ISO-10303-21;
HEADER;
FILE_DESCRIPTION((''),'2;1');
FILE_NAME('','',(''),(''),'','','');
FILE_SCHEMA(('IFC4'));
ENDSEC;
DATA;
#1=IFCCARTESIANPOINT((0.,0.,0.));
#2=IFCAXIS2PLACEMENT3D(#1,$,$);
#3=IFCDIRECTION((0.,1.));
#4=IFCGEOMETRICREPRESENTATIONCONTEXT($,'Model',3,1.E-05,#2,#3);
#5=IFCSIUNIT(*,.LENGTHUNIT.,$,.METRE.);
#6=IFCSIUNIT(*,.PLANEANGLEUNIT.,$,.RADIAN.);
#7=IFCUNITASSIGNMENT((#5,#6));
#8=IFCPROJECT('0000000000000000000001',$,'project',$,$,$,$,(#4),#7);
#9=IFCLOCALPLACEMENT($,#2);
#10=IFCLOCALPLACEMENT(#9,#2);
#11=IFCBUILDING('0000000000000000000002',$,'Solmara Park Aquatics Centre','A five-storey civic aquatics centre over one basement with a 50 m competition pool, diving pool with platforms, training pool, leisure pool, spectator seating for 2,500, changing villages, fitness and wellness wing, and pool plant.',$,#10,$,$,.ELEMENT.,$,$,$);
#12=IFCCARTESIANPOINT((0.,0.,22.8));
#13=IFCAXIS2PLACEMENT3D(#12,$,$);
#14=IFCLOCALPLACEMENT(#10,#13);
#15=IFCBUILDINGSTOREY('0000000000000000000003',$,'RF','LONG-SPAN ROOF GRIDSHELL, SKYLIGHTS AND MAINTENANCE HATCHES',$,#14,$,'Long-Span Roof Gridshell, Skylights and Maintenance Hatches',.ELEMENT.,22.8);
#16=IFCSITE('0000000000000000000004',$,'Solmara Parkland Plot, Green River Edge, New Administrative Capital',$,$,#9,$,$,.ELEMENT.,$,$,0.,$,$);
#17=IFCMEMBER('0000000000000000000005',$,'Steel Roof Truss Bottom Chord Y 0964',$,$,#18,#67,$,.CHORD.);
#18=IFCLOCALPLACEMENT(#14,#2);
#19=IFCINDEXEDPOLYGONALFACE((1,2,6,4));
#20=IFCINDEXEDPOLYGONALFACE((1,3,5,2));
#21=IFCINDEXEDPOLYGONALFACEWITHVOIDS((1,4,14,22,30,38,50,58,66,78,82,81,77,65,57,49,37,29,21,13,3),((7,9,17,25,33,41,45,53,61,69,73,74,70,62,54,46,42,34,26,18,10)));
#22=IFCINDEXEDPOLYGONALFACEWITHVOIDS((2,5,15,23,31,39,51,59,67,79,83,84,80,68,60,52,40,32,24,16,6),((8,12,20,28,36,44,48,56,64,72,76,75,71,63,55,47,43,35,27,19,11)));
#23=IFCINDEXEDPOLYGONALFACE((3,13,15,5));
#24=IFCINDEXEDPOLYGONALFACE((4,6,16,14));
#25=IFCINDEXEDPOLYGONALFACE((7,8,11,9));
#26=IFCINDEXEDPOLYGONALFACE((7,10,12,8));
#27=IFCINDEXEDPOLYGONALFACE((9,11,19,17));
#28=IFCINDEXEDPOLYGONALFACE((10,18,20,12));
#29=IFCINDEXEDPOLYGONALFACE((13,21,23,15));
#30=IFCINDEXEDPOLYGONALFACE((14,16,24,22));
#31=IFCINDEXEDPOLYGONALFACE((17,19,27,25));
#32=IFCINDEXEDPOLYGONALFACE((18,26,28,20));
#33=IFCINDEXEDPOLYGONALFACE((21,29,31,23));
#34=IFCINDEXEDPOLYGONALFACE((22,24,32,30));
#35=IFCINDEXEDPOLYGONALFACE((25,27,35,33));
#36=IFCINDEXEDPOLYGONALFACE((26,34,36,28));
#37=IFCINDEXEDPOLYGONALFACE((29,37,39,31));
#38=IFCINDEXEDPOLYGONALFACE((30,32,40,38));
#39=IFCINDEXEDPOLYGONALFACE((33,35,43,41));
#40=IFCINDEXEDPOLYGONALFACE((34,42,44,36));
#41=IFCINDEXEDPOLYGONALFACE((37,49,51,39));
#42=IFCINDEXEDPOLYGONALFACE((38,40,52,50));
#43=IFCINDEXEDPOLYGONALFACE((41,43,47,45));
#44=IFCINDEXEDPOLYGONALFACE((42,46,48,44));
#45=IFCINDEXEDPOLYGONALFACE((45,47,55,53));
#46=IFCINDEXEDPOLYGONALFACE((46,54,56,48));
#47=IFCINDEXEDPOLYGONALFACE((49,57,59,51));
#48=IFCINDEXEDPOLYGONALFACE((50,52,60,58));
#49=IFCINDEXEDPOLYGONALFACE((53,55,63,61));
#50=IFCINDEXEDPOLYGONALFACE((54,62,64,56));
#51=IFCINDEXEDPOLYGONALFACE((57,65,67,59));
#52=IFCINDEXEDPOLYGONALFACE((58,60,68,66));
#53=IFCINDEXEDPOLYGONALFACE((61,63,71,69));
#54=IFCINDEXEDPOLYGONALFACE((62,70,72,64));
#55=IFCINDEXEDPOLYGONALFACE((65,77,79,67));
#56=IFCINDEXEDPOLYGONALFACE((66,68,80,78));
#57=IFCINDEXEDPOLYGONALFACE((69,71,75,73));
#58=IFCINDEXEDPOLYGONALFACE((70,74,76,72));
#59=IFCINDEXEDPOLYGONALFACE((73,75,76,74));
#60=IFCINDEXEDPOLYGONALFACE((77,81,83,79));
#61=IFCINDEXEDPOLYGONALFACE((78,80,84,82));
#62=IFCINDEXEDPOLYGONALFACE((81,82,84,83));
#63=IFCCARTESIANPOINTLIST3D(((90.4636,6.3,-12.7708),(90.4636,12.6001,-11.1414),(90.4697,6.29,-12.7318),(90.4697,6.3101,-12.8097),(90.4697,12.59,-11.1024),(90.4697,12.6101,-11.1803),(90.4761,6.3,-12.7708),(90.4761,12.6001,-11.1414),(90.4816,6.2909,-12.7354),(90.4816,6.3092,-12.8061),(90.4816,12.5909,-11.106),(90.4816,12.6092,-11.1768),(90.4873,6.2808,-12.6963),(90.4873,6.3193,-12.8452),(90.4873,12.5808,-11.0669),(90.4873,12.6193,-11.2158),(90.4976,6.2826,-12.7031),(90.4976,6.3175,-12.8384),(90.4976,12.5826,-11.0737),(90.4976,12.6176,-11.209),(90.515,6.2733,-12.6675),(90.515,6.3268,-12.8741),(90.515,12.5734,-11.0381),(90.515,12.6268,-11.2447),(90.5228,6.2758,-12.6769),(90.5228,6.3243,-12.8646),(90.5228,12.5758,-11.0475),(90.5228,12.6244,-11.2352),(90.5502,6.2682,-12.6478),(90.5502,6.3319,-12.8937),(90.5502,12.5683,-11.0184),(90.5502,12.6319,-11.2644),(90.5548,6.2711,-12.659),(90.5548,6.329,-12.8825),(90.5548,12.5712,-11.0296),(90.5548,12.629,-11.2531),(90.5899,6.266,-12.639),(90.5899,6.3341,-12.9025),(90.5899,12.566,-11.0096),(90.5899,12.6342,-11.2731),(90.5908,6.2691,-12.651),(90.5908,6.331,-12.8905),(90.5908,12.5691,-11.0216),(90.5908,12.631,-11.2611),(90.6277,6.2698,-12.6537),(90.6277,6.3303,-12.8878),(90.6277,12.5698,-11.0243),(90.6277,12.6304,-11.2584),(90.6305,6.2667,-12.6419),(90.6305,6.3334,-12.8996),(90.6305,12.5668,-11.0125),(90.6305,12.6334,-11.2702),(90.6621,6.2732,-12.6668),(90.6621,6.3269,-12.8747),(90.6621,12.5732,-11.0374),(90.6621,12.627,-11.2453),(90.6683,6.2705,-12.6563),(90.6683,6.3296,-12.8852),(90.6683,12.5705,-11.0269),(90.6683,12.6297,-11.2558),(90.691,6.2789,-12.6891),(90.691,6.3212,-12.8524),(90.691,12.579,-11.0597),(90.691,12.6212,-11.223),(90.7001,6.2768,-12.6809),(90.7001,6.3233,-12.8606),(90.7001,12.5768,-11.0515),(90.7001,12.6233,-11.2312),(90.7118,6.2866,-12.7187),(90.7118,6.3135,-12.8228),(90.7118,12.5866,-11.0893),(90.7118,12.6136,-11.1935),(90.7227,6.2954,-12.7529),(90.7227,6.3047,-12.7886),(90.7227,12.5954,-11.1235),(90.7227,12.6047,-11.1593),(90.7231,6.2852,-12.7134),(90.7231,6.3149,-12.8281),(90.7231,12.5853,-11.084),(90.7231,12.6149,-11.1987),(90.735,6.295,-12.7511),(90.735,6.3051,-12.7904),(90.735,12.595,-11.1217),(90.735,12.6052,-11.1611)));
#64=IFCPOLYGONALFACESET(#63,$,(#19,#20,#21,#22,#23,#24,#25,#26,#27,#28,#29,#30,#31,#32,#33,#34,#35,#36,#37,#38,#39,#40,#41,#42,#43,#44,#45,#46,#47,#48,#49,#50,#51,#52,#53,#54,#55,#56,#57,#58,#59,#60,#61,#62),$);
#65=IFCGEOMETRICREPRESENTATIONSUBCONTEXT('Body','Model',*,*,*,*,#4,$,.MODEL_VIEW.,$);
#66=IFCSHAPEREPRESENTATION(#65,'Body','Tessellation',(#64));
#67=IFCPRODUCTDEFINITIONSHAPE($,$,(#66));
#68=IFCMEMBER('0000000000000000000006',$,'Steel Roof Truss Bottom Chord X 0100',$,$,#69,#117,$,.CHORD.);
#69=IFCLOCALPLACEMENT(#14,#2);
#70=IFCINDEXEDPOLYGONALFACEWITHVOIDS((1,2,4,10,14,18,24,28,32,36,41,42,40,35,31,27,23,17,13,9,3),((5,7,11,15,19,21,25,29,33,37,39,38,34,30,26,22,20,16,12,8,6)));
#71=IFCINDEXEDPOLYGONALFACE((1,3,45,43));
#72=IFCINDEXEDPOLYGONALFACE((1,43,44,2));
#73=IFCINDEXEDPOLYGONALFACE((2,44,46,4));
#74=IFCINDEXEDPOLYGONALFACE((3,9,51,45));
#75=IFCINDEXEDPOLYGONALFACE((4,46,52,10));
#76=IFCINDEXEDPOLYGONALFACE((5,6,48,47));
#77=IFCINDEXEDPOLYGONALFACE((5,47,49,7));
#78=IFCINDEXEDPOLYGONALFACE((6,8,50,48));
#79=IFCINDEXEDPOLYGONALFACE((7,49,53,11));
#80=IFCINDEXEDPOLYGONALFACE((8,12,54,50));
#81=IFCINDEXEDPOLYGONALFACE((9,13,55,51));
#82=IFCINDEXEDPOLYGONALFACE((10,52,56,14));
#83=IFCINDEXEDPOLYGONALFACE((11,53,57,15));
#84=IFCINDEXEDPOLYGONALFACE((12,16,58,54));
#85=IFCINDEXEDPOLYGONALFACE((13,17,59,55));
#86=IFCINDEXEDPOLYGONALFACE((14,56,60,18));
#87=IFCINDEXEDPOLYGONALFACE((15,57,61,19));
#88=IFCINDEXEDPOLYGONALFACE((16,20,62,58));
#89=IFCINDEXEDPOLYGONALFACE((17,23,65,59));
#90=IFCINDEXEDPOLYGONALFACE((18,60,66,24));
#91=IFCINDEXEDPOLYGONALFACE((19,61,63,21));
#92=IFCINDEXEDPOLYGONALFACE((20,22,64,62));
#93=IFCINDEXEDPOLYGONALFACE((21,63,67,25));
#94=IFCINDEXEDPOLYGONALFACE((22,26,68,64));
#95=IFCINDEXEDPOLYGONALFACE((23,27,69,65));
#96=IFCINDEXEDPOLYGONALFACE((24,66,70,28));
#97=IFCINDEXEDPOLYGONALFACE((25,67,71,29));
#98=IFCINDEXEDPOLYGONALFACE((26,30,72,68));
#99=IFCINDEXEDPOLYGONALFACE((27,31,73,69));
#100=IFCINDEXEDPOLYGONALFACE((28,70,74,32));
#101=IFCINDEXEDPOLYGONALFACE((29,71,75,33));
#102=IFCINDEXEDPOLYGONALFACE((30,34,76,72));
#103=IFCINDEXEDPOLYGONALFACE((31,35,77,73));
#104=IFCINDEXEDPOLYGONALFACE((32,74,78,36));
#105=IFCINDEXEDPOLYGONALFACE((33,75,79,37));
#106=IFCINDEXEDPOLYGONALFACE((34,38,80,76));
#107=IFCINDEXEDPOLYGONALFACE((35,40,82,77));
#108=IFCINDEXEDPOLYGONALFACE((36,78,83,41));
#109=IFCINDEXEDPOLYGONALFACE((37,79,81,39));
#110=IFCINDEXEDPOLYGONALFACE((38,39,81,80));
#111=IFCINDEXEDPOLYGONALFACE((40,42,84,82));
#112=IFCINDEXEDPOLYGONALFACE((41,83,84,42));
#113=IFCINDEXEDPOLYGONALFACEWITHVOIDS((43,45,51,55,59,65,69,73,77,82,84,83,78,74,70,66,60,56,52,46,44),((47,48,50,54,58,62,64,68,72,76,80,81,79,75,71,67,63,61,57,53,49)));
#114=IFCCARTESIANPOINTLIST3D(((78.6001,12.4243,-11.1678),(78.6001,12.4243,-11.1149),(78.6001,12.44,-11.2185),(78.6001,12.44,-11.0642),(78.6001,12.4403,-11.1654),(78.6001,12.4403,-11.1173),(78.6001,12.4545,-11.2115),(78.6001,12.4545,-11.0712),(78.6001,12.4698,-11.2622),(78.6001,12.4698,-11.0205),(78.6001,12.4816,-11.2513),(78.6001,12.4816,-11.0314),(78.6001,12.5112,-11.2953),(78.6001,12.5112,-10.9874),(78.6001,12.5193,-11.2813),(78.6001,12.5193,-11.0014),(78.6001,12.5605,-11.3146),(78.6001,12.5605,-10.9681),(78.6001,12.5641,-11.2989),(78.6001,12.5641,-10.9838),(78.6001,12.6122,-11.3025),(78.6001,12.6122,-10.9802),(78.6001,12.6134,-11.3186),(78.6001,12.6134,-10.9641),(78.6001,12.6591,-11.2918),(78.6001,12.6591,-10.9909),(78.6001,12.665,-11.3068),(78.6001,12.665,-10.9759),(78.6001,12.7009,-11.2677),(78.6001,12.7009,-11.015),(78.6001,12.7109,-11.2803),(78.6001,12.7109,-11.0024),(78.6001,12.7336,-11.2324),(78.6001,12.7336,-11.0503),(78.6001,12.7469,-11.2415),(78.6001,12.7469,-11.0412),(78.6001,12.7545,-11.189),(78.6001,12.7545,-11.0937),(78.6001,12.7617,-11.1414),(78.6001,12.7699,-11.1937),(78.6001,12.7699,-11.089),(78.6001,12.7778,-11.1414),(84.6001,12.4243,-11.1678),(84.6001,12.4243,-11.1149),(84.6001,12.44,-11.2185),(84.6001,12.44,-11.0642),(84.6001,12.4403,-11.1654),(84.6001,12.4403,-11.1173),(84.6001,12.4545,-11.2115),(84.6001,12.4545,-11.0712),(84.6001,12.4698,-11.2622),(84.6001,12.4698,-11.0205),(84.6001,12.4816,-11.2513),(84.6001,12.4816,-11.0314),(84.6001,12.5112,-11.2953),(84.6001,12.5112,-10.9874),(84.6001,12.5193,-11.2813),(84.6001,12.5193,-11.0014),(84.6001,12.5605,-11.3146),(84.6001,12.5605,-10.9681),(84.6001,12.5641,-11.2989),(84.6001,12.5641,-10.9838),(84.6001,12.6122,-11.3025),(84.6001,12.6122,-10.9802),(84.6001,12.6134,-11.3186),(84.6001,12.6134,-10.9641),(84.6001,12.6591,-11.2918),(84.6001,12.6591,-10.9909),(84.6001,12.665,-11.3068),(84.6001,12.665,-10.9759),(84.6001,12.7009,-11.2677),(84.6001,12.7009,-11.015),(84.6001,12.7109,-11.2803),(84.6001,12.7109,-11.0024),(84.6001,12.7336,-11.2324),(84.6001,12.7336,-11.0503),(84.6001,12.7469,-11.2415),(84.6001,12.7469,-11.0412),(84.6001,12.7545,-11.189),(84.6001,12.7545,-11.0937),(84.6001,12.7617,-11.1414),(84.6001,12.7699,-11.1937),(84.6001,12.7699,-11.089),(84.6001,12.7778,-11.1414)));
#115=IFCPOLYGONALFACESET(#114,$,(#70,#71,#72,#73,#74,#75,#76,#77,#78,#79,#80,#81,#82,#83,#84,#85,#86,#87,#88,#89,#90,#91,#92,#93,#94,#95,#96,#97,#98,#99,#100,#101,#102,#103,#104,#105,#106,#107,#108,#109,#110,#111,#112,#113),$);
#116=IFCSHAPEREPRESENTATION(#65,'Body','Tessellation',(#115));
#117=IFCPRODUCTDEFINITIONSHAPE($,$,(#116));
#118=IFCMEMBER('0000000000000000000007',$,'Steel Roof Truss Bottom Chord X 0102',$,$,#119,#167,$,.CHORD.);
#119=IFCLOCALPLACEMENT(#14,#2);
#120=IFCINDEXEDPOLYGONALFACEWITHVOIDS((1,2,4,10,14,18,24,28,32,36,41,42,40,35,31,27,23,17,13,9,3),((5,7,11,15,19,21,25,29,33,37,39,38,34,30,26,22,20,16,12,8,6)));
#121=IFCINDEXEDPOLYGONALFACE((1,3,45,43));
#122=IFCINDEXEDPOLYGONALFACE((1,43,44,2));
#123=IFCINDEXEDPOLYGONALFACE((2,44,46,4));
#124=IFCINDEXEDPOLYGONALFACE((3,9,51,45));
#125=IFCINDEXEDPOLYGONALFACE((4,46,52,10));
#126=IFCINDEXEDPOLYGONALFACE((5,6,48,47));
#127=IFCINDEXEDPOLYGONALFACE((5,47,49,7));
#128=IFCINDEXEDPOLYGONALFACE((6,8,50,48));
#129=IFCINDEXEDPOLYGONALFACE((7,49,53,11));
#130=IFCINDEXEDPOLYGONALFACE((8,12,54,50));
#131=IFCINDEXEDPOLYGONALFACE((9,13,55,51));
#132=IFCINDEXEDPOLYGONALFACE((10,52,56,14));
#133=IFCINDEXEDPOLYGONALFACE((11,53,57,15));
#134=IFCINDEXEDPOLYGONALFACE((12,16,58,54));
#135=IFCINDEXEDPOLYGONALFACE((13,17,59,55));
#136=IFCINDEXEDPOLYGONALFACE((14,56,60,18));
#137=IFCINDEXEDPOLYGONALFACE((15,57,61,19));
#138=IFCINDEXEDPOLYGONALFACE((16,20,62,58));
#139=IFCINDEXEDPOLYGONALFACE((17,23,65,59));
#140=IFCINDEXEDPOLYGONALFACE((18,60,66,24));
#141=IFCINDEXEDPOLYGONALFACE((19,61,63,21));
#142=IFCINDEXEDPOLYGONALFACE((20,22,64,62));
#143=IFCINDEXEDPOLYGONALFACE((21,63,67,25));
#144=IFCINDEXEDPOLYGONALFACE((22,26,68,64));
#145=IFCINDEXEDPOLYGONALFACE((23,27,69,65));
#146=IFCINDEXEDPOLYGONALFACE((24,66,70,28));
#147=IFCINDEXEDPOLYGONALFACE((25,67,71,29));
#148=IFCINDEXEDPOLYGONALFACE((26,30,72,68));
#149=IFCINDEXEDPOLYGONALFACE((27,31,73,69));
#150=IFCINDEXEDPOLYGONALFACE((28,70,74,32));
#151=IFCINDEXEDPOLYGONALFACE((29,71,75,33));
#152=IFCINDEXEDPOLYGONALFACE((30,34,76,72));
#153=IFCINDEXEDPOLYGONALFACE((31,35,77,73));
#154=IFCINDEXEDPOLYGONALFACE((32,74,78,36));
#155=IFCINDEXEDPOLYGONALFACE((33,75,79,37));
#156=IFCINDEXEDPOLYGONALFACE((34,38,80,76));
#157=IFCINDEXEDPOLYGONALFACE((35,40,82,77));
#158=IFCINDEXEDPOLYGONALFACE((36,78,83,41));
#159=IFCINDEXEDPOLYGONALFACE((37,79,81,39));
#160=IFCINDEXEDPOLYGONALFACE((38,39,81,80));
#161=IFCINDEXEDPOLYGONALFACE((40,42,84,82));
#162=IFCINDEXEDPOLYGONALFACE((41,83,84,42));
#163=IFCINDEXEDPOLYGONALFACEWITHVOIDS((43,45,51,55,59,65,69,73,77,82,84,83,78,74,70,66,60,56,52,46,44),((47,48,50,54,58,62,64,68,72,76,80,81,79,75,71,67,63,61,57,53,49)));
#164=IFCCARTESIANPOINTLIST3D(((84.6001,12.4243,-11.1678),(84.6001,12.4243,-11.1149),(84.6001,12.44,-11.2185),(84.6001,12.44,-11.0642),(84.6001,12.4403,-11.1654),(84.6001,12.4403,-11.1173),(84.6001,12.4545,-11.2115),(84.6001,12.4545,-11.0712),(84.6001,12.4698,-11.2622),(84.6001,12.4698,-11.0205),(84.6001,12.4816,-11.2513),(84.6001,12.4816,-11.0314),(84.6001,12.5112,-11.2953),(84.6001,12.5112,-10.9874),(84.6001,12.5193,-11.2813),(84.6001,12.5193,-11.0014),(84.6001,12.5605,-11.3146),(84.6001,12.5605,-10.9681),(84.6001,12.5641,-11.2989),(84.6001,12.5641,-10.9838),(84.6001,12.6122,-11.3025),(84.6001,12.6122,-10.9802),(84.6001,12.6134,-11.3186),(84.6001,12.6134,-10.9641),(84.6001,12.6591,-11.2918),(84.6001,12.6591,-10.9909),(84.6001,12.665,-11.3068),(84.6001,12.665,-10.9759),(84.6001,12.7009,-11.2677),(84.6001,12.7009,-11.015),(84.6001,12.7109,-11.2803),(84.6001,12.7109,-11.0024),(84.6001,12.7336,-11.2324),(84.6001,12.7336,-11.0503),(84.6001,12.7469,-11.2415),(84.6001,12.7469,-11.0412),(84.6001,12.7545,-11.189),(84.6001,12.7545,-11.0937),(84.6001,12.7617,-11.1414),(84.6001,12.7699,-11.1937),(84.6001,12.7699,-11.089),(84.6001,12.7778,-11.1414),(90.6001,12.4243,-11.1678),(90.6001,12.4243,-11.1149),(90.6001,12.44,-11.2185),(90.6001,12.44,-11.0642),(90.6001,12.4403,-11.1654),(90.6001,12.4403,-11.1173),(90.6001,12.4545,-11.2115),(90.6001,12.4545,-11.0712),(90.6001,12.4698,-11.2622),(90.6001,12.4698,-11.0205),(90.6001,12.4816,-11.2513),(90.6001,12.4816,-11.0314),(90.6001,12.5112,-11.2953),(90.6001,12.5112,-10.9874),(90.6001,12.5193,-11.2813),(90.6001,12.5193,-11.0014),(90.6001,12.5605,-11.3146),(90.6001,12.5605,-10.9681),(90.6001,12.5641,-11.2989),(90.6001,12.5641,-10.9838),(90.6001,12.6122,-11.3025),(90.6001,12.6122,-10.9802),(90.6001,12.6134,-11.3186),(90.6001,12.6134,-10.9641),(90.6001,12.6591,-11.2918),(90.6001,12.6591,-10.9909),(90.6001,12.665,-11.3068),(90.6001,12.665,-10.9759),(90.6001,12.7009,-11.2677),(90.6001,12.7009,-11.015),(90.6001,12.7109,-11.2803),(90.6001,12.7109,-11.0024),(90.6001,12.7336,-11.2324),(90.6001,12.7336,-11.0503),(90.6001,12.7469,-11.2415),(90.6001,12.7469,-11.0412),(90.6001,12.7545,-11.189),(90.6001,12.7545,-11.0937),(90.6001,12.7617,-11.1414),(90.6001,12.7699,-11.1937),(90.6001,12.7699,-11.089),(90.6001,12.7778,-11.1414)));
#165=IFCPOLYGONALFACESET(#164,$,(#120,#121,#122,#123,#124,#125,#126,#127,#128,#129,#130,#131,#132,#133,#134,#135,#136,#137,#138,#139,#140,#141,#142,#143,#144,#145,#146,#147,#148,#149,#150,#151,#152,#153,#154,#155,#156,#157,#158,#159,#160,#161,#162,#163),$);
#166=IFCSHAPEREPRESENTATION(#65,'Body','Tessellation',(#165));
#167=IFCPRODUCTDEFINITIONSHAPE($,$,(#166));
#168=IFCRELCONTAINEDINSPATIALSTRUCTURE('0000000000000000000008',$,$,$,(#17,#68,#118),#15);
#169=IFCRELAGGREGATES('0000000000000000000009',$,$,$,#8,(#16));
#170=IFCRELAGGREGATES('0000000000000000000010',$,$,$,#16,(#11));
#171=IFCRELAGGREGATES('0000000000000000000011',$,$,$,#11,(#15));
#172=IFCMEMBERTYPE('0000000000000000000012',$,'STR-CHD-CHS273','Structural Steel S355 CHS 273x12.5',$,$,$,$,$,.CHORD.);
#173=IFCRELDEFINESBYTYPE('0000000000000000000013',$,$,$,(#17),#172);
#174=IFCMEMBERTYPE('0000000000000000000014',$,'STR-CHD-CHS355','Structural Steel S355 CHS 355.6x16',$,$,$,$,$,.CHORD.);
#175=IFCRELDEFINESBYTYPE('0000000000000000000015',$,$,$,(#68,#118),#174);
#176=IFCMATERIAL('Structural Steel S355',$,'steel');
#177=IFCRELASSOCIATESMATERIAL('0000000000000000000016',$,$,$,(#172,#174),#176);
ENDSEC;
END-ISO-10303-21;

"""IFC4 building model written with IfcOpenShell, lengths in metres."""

from ifc_helpers import new_model, si_unit, direction, frame, origin, origin_2d, place, context, subcontext, project, spatial, hollow_circle, extrude, material, material_profile, profile_set, type_object, element, save


model = new_model("IFC4")

# Units and contexts
model_context = context("Model", 3, precision=1e-05, world=origin(), true_north=direction((0.0, 1.0)))
body_context = subcontext(model_context, "Body", "Model", "MODEL_VIEW")
ifc_project = project(units=[si_unit("LENGTHUNIT", "METRE"), si_unit("PLANEANGLEUNIT", "RADIAN")], contexts=[model_context])

# Site, building, storey
site_placement = place(None, origin())
site = spatial("IfcSite", under=ifc_project, at=site_placement, Name="Solmara Parkland Plot, Green River Edge, New Administrative Capital", CompositionType="ELEMENT", RefElevation=0.0)
building_placement = place(site_placement, origin())
building = spatial("IfcBuilding", under=site, at=building_placement, Name="Solmara Park Aquatics Centre", Description="A five-storey civic aquatics centre over one basement with a 50 m competition pool, diving pool with platforms, training pool, leisure pool, spectator seating for 2,500, changing villages, fitness and wellness wing, and pool plant.", CompositionType="ELEMENT")
storey_placement = place(building_placement, frame((0.0, 0.0, 22.8)))
storey = spatial("IfcBuildingStorey", under=building, at=storey_placement, Name="RF", Description="LONG-SPAN ROOF GRIDSHELL, SKYLIGHTS AND MAINTENANCE HATCHES", LongName="Long-Span Roof Gridshell, Skylights and Maintenance Hatches", CompositionType="ELEMENT", Elevation=22.8)

# Members
ifc_material_1 = material(Name="Structural Steel S355", Category="steel")
ifc_material_profile_1 = material_profile(ifc_material_1, hollow_circle(Radius=0.1365, WallThickness=0.0125, at=origin_2d()), Name="CHS 273x12.5")
ifc_profile_set_1 = profile_set([ifc_material_profile_1], Name="Structural Steel S355")
member_type_1 = type_object("IfcMemberType", Name="STR-CHD-CHS273", Description="Structural Steel S355 CHS 273x12.5", PredefinedType="CHORD", material=ifc_profile_set_1)
member_1_placement = place(storey_placement, frame((90.6001, 6.3, -12.7708), z_axis=(0.0, 0.968144, 0.250393), x_axis=(-1.0, 0.0, 0.0)))
element("IfcMember", 1, at=member_1_placement, inside=storey, type_object=member_type_1, Name="Steel Roof Truss Bottom Chord Y 0964", PredefinedType="CHORD", context=body_context, shape_type="SweptSolid", body=[
    extrude(hollow_circle(Radius=0.1365, WallThickness=0.0125, at=origin_2d()), origin(), (0.0, 0.0, 1.0), 6.5073),
])
ifc_material_profile_2 = material_profile(ifc_material_1, hollow_circle(Radius=0.1777, WallThickness=0.0161, at=origin_2d()), Name="CHS 355.6x16")
ifc_profile_set_2 = profile_set([ifc_material_profile_2], Name="Structural Steel S355")
member_type_2 = type_object("IfcMemberType", Name="STR-CHD-CHS355", Description="Structural Steel S355 CHS 355.6x16", PredefinedType="CHORD", material=ifc_profile_set_2)
for number, where, z_axis, x_axis, name in (
    (2, (78.6001, 12.6001, -11.1414), (1.0, 0.0, 0.0), (0.0, 1.0, 0.0), "Steel Roof Truss Bottom Chord X 0100"),
    (3, (84.6001, 12.6001, -11.1414), (1.0, 0.0, 0.0), (0.0, 1.0, 0.0), "Steel Roof Truss Bottom Chord X 0102"),
):
    element("IfcMember", number, at=place(storey_placement, frame(where, z_axis=z_axis, x_axis=x_axis)), inside=storey, type_object=member_type_2, Name=name, PredefinedType="CHORD", context=body_context, shape_type="SweptSolid", body=[
        extrude(hollow_circle(Radius=0.1777, WallThickness=0.0161, at=origin_2d()), origin(), (0.0, 0.0, 1.0), 6.0),
    ])

save(model, "model.ifc")
